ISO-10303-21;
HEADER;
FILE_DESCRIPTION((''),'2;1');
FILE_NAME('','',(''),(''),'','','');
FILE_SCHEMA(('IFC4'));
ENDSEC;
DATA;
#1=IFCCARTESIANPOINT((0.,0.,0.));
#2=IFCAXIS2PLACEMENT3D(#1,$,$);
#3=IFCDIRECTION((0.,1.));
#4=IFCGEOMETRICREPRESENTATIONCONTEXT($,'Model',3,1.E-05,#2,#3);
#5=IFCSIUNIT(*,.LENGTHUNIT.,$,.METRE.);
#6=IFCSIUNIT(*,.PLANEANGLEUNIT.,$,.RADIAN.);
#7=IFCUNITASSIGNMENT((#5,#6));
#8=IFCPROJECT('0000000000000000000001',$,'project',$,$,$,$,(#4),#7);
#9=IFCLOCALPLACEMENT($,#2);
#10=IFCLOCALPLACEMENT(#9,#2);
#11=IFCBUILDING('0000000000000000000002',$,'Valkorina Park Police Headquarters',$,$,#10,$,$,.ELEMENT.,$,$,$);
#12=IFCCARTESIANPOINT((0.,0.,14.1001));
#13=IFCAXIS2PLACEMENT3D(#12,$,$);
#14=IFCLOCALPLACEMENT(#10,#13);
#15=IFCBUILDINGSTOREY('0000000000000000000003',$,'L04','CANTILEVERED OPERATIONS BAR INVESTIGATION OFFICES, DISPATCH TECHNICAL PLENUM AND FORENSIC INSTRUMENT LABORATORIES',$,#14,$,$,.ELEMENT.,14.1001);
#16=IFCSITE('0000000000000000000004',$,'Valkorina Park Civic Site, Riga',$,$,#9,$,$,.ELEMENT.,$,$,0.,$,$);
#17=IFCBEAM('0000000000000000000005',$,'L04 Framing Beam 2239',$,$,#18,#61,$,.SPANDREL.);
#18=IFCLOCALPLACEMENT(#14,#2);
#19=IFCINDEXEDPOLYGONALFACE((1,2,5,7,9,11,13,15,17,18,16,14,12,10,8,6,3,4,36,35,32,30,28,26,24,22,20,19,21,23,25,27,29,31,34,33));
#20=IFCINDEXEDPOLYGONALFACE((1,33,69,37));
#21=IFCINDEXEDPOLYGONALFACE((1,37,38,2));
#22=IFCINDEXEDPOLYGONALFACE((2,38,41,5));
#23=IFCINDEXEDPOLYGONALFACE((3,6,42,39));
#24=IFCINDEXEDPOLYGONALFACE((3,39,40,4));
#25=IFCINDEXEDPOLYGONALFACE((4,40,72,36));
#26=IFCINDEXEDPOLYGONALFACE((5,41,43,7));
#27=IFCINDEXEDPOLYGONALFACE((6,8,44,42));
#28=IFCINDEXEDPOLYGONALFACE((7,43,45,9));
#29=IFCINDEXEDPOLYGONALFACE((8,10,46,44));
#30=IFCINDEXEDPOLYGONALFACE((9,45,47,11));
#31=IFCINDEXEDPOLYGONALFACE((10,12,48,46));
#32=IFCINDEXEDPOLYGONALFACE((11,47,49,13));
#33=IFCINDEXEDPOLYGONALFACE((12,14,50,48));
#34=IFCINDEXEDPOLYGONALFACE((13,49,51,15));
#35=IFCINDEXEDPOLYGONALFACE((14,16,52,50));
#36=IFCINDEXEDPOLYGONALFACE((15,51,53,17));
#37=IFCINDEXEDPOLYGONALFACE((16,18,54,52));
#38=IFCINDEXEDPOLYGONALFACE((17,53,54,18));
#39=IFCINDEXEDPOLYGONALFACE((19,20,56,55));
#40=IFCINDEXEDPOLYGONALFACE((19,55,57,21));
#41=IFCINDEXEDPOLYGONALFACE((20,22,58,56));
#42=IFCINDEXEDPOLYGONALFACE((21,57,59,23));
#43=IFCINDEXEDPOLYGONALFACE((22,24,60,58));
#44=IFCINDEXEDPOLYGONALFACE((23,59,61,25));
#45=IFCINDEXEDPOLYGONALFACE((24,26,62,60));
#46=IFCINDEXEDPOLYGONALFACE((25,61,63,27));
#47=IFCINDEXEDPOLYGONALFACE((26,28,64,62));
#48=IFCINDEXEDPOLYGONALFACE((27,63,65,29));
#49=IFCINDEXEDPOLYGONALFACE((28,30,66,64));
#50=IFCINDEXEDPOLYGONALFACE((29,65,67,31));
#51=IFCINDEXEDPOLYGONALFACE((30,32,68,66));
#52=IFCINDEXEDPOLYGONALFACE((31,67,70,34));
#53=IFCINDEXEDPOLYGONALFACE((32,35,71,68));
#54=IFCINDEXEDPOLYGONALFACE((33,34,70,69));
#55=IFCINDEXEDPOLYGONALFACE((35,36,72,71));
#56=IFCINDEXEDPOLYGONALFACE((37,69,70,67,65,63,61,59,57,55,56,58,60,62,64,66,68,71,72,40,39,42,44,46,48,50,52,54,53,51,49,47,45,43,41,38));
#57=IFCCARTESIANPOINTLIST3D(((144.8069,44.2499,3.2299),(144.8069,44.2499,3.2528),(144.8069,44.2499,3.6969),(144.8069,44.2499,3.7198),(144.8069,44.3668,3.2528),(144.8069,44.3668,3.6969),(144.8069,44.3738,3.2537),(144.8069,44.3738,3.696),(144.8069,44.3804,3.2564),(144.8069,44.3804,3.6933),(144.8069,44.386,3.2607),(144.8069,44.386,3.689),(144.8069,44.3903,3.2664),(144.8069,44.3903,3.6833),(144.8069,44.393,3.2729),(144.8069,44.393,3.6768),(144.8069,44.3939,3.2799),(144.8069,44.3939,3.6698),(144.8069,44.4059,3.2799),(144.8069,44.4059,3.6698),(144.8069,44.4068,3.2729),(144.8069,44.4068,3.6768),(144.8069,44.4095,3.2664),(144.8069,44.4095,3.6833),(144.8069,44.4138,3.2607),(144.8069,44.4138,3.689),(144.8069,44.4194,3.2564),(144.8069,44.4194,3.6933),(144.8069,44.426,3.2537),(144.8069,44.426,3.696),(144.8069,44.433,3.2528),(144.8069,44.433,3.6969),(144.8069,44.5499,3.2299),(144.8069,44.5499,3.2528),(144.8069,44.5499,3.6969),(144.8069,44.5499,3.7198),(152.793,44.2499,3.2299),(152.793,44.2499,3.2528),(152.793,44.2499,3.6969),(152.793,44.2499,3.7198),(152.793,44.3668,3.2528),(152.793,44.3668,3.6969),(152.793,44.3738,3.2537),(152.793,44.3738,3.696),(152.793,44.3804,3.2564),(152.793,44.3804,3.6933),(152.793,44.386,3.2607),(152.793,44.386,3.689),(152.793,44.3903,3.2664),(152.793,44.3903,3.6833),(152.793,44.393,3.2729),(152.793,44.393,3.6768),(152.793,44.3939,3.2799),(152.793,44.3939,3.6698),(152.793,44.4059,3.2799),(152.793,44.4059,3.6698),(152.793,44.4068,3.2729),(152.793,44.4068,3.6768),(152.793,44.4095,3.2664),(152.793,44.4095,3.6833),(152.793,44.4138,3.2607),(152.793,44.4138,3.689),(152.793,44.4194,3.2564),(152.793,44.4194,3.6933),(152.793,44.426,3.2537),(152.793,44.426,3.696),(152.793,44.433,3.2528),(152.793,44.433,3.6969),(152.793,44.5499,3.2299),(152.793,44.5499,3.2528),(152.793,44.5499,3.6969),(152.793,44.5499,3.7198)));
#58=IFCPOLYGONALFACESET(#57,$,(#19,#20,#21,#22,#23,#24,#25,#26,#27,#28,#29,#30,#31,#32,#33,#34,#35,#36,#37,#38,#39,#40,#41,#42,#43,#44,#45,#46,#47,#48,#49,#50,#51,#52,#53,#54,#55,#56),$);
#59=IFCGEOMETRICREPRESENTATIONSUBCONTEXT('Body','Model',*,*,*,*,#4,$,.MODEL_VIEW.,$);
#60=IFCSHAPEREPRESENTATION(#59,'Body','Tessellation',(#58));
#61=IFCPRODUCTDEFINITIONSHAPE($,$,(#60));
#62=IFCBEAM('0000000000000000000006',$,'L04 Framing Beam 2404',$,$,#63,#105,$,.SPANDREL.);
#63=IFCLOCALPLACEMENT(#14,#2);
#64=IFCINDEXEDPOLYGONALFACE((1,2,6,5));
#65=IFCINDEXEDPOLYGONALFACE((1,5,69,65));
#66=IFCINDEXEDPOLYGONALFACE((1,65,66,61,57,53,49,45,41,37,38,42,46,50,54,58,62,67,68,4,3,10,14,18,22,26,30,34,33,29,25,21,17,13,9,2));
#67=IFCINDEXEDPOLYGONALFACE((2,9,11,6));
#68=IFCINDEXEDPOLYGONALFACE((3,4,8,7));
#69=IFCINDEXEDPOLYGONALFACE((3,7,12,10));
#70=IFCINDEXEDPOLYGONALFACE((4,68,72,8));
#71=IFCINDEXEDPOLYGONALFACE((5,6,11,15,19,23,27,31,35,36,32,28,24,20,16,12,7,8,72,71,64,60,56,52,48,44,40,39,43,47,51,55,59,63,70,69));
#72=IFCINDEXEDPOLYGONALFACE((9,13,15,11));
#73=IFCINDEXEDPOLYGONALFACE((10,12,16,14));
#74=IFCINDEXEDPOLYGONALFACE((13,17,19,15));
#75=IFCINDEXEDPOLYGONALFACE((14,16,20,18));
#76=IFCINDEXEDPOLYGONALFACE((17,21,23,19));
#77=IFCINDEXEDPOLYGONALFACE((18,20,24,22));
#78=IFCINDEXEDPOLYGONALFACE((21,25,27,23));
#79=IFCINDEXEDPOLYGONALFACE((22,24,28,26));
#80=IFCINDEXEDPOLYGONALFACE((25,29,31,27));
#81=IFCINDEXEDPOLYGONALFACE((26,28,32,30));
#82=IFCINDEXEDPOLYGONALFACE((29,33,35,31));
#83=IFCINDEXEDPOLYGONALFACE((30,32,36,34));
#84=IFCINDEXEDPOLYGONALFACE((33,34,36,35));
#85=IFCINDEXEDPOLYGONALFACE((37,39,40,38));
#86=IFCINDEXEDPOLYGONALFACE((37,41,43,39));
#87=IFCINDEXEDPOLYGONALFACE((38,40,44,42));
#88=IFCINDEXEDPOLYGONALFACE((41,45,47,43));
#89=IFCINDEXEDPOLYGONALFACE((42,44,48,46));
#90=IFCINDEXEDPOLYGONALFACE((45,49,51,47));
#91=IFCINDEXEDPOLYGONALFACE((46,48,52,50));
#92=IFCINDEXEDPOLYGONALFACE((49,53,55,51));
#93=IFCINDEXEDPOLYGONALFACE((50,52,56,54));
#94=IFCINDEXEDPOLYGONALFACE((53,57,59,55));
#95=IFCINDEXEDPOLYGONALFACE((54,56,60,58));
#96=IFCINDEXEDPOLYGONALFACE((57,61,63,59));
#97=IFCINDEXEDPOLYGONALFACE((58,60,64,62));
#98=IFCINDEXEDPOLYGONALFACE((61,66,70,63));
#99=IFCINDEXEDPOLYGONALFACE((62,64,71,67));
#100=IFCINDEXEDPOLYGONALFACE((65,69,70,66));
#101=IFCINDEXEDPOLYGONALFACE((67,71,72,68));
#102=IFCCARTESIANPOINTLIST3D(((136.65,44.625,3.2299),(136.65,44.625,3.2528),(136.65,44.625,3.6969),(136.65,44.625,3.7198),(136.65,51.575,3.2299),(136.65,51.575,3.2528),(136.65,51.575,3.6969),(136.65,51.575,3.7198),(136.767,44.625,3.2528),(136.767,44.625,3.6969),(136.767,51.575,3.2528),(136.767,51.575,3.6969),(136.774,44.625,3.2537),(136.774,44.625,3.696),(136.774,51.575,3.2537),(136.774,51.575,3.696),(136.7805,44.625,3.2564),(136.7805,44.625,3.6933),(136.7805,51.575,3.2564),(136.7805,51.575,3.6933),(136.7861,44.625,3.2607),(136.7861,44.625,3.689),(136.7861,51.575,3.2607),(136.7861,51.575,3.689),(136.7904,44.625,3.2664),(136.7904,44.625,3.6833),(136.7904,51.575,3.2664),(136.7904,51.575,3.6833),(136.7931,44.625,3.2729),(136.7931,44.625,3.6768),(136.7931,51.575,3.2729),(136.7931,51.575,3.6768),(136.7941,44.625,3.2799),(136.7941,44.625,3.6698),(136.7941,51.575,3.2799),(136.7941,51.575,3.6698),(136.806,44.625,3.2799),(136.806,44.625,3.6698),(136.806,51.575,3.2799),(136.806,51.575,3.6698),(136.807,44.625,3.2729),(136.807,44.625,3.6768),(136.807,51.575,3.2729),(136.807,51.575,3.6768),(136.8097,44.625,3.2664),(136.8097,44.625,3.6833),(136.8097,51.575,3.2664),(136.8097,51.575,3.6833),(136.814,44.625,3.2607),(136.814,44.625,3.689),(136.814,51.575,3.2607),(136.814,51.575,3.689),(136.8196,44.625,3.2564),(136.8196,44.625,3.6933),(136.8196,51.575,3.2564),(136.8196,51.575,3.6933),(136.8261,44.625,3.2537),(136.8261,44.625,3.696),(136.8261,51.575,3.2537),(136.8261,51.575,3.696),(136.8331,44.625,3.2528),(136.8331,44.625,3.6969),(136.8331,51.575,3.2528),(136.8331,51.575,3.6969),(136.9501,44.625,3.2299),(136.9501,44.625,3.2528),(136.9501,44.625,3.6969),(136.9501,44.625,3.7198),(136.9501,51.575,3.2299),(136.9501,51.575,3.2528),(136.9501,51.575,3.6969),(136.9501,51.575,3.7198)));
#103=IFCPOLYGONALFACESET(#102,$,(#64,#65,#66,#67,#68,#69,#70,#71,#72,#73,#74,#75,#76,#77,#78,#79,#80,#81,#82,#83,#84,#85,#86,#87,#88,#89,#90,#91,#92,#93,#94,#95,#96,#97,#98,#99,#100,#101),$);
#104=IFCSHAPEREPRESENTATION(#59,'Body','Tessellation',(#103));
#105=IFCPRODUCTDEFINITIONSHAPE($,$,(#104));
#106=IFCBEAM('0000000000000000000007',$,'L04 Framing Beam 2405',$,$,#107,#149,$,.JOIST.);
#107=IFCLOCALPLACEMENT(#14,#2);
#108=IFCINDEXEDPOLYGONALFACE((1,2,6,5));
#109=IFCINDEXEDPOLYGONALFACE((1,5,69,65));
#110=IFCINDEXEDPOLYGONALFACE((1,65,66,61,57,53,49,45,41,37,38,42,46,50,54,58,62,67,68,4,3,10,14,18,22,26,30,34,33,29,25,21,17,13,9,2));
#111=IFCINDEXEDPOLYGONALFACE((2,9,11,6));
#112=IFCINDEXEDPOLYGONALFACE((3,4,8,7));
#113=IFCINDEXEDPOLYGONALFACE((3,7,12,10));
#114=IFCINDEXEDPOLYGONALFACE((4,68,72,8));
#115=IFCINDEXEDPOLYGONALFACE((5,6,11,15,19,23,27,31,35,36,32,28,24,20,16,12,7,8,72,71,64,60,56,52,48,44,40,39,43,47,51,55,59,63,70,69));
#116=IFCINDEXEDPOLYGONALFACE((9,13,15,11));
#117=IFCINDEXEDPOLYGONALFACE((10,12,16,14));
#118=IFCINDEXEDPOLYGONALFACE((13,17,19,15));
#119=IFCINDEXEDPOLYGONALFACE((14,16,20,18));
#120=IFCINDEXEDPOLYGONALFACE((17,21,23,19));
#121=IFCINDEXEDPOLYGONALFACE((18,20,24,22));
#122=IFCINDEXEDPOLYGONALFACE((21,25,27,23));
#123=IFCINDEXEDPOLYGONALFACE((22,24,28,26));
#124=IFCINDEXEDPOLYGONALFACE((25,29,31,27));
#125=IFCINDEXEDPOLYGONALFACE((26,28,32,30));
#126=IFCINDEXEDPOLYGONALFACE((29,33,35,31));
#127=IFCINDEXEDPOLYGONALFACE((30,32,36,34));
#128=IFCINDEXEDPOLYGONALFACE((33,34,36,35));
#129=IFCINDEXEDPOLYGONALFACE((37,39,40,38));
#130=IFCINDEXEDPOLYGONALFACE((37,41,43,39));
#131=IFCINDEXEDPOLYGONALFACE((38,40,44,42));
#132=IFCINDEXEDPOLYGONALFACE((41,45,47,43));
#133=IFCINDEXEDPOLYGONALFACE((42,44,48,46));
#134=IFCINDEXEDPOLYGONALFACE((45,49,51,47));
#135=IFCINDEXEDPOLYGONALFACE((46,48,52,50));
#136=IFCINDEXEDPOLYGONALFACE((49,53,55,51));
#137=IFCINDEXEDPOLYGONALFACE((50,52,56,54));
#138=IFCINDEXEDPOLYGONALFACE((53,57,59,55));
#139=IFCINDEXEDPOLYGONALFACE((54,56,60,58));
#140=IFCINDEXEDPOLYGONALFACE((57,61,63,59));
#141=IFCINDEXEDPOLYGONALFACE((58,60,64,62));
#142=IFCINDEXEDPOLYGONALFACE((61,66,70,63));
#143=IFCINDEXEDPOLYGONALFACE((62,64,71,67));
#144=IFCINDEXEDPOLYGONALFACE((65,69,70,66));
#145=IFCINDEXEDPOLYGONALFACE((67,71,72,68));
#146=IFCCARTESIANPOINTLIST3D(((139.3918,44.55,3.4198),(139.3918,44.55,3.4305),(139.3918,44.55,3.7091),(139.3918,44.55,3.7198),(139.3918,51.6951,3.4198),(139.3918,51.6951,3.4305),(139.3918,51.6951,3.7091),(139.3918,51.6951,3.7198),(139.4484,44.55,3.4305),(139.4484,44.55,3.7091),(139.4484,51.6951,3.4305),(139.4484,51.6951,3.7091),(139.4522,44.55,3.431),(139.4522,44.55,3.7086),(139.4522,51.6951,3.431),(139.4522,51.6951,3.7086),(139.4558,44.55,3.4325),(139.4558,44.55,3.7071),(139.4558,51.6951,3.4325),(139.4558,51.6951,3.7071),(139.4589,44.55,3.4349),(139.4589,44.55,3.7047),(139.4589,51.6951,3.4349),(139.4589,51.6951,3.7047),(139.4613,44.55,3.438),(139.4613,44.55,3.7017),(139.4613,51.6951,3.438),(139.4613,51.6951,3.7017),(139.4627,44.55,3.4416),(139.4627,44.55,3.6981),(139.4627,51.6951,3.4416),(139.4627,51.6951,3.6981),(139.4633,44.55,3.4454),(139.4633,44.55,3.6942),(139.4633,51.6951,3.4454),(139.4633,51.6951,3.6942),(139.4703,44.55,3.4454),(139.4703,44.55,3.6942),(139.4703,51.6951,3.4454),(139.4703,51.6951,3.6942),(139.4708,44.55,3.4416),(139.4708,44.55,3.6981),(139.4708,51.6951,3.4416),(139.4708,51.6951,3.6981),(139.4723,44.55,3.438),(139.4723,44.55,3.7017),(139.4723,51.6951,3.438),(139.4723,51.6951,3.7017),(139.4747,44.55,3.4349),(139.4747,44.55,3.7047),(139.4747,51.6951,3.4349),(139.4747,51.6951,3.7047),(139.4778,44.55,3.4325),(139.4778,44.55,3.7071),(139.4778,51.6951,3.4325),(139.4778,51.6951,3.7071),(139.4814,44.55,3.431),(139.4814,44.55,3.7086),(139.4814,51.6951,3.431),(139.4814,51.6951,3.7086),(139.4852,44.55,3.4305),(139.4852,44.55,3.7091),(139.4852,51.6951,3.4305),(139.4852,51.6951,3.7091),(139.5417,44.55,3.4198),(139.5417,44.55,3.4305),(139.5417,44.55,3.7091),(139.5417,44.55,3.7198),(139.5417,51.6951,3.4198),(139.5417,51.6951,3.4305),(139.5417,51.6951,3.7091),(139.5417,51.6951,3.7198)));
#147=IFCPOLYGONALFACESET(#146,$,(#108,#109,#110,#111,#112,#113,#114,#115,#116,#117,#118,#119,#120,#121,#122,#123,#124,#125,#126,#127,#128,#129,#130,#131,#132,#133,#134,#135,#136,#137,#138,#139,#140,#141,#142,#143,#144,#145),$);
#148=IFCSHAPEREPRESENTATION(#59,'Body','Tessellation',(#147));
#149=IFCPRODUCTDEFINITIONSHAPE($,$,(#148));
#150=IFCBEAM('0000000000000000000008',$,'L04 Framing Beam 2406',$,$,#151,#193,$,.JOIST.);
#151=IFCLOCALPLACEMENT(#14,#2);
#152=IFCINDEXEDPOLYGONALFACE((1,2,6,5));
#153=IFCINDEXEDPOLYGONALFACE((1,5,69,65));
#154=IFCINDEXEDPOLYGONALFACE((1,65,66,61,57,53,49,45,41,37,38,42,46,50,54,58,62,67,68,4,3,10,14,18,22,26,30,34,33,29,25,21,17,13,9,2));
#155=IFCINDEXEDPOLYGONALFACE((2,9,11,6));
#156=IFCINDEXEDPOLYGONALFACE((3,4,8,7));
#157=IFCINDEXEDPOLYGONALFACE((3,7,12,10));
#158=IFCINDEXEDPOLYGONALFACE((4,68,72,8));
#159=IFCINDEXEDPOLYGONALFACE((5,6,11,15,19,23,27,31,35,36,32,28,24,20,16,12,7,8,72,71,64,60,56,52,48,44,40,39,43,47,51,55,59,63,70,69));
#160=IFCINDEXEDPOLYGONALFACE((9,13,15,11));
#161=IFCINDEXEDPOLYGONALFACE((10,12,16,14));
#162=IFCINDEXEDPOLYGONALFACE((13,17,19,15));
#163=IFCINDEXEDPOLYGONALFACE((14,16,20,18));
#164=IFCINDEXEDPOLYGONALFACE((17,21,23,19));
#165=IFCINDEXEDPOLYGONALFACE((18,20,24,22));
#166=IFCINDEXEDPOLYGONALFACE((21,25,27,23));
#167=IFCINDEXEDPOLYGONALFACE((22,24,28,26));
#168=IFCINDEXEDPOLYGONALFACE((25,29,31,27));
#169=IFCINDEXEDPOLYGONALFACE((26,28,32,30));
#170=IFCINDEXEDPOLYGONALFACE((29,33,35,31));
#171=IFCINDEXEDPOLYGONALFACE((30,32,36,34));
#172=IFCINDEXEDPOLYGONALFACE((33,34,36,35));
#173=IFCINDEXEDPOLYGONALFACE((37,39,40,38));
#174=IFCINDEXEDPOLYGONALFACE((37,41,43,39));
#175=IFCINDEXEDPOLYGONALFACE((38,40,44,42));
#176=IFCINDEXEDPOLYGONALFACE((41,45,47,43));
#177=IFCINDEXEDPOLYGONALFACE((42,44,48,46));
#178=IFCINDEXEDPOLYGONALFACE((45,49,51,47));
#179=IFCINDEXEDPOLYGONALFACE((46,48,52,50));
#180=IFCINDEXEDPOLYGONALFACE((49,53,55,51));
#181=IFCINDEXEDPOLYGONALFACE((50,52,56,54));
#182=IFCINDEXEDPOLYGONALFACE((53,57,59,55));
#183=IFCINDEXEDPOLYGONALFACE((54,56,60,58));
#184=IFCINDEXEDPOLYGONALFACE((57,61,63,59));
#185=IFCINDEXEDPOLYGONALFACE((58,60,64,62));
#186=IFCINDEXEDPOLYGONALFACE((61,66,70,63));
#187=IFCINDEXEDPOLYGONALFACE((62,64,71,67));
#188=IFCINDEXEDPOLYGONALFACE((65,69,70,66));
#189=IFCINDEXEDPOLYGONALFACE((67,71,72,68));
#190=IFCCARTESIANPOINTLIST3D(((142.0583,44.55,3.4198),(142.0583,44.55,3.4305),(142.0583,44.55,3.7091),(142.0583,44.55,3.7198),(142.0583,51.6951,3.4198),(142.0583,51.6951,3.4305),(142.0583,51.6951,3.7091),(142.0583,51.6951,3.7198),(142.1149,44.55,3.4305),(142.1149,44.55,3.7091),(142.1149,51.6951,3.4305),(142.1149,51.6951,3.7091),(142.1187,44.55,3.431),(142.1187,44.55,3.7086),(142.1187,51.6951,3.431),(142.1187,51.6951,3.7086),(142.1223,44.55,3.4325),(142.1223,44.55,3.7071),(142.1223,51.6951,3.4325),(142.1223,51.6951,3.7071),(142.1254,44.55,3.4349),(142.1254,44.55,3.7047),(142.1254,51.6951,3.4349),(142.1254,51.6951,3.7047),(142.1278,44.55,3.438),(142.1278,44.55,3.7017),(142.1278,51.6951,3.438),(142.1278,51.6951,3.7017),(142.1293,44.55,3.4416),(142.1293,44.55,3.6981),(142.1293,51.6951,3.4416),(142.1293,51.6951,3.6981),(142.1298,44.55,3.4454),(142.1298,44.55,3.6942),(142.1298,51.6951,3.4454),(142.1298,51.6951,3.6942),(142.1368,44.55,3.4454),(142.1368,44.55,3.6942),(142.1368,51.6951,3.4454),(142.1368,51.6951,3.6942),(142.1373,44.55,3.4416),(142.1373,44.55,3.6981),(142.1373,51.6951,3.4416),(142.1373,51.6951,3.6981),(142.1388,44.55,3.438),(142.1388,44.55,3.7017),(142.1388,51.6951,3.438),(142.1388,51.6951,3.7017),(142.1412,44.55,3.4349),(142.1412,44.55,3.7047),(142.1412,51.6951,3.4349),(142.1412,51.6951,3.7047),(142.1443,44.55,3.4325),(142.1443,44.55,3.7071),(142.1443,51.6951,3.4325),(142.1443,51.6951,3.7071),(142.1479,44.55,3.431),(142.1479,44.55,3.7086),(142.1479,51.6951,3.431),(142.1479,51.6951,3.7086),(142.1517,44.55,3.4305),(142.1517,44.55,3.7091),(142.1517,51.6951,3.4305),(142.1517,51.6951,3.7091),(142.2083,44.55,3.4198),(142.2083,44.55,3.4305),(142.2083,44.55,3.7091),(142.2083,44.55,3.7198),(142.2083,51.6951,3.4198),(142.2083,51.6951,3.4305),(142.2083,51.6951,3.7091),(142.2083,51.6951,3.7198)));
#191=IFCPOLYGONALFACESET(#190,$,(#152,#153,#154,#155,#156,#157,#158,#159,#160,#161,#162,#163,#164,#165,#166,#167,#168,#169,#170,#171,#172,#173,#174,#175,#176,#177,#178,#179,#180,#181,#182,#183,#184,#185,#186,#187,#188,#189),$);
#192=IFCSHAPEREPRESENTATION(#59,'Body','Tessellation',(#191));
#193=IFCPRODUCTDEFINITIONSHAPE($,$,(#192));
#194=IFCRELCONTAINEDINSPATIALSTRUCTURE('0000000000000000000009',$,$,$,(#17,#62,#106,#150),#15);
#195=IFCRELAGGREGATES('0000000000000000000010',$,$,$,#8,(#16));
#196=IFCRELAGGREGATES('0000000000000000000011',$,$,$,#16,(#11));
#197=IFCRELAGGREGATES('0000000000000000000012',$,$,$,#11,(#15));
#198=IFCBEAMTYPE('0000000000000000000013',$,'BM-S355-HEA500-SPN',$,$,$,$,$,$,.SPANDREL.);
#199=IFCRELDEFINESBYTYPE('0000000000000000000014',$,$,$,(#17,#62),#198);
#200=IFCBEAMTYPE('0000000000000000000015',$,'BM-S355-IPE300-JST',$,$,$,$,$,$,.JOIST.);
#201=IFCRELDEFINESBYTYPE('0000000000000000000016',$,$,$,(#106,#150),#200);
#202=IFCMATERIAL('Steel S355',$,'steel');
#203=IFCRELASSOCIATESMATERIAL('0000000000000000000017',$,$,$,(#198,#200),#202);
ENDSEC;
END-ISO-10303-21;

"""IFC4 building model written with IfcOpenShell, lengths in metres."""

from ifc_helpers import new_model, si_unit, direction, frame, origin, origin_2d, place, context, subcontext, project, spatial, i_section, extrude, material, material_profile, profile_set, type_object, element, save


model = new_model("IFC4")

# Units and contexts
model_context = context("Model", 3, precision=1e-05, world=origin(), true_north=direction((0.0, 1.0)))
body_context = subcontext(model_context, "Body", "Model", "MODEL_VIEW")
ifc_project = project(units=[si_unit("LENGTHUNIT", "METRE"), si_unit("PLANEANGLEUNIT", "RADIAN")], contexts=[model_context])

# Site, building, storey
site_placement = place(None, origin())
site = spatial("IfcSite", under=ifc_project, at=site_placement, Name="Valkorina Park Civic Site, Riga", CompositionType="ELEMENT", RefElevation=0.0)
building_placement = place(site_placement, origin())
building = spatial("IfcBuilding", under=site, at=building_placement, Name="Valkorina Park Police Headquarters", CompositionType="ELEMENT")
storey_placement = place(building_placement, frame((0.0, 0.0, 14.1001)))
storey = spatial("IfcBuildingStorey", under=building, at=storey_placement, Name="L04", Description="CANTILEVERED OPERATIONS BAR INVESTIGATION OFFICES, DISPATCH TECHNICAL PLENUM AND FORENSIC INSTRUMENT LABORATORIES", CompositionType="ELEMENT", Elevation=14.1001)

# Shared definitions
ifc_material_1 = material(Name="Steel S355", Category="steel")

# Beams
ifc_material_profile_1 = material_profile(ifc_material_1, i_section(OverallWidth=0.3, OverallDepth=0.49, WebThickness=0.012, FlangeThickness=0.0229, FilletRadius=0.0271, at=origin_2d()), Name="HEA 500")
ifc_profile_set_1 = profile_set([ifc_material_profile_1], Name="Steel S355")
beam_type_1 = type_object("IfcBeamType", Name="BM-S355-HEA500-SPN", PredefinedType="SPANDREL", material=ifc_profile_set_1)
for number, where, z_axis, x_axis, name in (
    (1, (144.8069, 44.3999, 3.4749), (1.0, 0.0, 0.0), (0.0, 1.0, 0.0), "L04 Framing Beam 2239"),
):
    element("IfcBeam", number, at=place(storey_placement, frame(where, z_axis=z_axis, x_axis=x_axis)), inside=storey, type_object=beam_type_1, Name=name, PredefinedType="SPANDREL", context=body_context, shape_type="SweptSolid", body=[
        extrude(i_section(OverallWidth=0.3, OverallDepth=0.49, WebThickness=0.012, FlangeThickness=0.0229, FilletRadius=0.0271, at=origin_2d()), origin(), (0.0, 0.0, 1.0), 7.9861),
    ])
beam_1_placement = place(storey_placement, frame((136.8, 44.625, 3.4749), z_axis=(0.0, 1.0, 0.0), x_axis=(-1.0, 0.0, 0.0)))
element("IfcBeam", 2, at=beam_1_placement, inside=storey, type_object=beam_type_1, Name="L04 Framing Beam 2404", PredefinedType="SPANDREL", context=body_context, shape_type="SweptSolid", body=[
    extrude(i_section(OverallWidth=0.3, OverallDepth=0.49, WebThickness=0.012, FlangeThickness=0.0229, FilletRadius=0.0271, at=origin_2d()), origin(), (0.0, 0.0, 1.0), 6.95),
])
ifc_material_profile_2 = material_profile(ifc_material_1, i_section(OverallWidth=0.1499, OverallDepth=0.3, WebThickness=0.0071, FlangeThickness=0.0107, FilletRadius=0.0149, at=origin_2d()), Name="IPE 300")
ifc_profile_set_2 = profile_set([ifc_material_profile_2], Name="Steel S355")
beam_type_2 = type_object("IfcBeamType", Name="BM-S355-IPE300-JST", PredefinedType="JOIST", material=ifc_profile_set_2)
for number, where, z_axis, x_axis, name in (
    (3, (139.4668, 44.55, 3.5698), (0.0, 1.0, 0.0), (-1.0, 0.0, 0.0), "L04 Framing Beam 2405"),
    (4, (142.1333, 44.55, 3.5698), (0.0, 1.0, 0.0), (-1.0, 0.0, 0.0), "L04 Framing Beam 2406"),
):
    element("IfcBeam", number, at=place(storey_placement, frame(where, z_axis=z_axis, x_axis=x_axis)), inside=storey, type_object=beam_type_2, Name=name, PredefinedType="JOIST", context=body_context, shape_type="SweptSolid", body=[
        extrude(i_section(OverallWidth=0.1499, OverallDepth=0.3, WebThickness=0.0071, FlangeThickness=0.0107, FilletRadius=0.0149, at=origin_2d()), origin(), (0.0, 0.0, 1.0), 7.145),
    ])

save(model, "model.ifc")
